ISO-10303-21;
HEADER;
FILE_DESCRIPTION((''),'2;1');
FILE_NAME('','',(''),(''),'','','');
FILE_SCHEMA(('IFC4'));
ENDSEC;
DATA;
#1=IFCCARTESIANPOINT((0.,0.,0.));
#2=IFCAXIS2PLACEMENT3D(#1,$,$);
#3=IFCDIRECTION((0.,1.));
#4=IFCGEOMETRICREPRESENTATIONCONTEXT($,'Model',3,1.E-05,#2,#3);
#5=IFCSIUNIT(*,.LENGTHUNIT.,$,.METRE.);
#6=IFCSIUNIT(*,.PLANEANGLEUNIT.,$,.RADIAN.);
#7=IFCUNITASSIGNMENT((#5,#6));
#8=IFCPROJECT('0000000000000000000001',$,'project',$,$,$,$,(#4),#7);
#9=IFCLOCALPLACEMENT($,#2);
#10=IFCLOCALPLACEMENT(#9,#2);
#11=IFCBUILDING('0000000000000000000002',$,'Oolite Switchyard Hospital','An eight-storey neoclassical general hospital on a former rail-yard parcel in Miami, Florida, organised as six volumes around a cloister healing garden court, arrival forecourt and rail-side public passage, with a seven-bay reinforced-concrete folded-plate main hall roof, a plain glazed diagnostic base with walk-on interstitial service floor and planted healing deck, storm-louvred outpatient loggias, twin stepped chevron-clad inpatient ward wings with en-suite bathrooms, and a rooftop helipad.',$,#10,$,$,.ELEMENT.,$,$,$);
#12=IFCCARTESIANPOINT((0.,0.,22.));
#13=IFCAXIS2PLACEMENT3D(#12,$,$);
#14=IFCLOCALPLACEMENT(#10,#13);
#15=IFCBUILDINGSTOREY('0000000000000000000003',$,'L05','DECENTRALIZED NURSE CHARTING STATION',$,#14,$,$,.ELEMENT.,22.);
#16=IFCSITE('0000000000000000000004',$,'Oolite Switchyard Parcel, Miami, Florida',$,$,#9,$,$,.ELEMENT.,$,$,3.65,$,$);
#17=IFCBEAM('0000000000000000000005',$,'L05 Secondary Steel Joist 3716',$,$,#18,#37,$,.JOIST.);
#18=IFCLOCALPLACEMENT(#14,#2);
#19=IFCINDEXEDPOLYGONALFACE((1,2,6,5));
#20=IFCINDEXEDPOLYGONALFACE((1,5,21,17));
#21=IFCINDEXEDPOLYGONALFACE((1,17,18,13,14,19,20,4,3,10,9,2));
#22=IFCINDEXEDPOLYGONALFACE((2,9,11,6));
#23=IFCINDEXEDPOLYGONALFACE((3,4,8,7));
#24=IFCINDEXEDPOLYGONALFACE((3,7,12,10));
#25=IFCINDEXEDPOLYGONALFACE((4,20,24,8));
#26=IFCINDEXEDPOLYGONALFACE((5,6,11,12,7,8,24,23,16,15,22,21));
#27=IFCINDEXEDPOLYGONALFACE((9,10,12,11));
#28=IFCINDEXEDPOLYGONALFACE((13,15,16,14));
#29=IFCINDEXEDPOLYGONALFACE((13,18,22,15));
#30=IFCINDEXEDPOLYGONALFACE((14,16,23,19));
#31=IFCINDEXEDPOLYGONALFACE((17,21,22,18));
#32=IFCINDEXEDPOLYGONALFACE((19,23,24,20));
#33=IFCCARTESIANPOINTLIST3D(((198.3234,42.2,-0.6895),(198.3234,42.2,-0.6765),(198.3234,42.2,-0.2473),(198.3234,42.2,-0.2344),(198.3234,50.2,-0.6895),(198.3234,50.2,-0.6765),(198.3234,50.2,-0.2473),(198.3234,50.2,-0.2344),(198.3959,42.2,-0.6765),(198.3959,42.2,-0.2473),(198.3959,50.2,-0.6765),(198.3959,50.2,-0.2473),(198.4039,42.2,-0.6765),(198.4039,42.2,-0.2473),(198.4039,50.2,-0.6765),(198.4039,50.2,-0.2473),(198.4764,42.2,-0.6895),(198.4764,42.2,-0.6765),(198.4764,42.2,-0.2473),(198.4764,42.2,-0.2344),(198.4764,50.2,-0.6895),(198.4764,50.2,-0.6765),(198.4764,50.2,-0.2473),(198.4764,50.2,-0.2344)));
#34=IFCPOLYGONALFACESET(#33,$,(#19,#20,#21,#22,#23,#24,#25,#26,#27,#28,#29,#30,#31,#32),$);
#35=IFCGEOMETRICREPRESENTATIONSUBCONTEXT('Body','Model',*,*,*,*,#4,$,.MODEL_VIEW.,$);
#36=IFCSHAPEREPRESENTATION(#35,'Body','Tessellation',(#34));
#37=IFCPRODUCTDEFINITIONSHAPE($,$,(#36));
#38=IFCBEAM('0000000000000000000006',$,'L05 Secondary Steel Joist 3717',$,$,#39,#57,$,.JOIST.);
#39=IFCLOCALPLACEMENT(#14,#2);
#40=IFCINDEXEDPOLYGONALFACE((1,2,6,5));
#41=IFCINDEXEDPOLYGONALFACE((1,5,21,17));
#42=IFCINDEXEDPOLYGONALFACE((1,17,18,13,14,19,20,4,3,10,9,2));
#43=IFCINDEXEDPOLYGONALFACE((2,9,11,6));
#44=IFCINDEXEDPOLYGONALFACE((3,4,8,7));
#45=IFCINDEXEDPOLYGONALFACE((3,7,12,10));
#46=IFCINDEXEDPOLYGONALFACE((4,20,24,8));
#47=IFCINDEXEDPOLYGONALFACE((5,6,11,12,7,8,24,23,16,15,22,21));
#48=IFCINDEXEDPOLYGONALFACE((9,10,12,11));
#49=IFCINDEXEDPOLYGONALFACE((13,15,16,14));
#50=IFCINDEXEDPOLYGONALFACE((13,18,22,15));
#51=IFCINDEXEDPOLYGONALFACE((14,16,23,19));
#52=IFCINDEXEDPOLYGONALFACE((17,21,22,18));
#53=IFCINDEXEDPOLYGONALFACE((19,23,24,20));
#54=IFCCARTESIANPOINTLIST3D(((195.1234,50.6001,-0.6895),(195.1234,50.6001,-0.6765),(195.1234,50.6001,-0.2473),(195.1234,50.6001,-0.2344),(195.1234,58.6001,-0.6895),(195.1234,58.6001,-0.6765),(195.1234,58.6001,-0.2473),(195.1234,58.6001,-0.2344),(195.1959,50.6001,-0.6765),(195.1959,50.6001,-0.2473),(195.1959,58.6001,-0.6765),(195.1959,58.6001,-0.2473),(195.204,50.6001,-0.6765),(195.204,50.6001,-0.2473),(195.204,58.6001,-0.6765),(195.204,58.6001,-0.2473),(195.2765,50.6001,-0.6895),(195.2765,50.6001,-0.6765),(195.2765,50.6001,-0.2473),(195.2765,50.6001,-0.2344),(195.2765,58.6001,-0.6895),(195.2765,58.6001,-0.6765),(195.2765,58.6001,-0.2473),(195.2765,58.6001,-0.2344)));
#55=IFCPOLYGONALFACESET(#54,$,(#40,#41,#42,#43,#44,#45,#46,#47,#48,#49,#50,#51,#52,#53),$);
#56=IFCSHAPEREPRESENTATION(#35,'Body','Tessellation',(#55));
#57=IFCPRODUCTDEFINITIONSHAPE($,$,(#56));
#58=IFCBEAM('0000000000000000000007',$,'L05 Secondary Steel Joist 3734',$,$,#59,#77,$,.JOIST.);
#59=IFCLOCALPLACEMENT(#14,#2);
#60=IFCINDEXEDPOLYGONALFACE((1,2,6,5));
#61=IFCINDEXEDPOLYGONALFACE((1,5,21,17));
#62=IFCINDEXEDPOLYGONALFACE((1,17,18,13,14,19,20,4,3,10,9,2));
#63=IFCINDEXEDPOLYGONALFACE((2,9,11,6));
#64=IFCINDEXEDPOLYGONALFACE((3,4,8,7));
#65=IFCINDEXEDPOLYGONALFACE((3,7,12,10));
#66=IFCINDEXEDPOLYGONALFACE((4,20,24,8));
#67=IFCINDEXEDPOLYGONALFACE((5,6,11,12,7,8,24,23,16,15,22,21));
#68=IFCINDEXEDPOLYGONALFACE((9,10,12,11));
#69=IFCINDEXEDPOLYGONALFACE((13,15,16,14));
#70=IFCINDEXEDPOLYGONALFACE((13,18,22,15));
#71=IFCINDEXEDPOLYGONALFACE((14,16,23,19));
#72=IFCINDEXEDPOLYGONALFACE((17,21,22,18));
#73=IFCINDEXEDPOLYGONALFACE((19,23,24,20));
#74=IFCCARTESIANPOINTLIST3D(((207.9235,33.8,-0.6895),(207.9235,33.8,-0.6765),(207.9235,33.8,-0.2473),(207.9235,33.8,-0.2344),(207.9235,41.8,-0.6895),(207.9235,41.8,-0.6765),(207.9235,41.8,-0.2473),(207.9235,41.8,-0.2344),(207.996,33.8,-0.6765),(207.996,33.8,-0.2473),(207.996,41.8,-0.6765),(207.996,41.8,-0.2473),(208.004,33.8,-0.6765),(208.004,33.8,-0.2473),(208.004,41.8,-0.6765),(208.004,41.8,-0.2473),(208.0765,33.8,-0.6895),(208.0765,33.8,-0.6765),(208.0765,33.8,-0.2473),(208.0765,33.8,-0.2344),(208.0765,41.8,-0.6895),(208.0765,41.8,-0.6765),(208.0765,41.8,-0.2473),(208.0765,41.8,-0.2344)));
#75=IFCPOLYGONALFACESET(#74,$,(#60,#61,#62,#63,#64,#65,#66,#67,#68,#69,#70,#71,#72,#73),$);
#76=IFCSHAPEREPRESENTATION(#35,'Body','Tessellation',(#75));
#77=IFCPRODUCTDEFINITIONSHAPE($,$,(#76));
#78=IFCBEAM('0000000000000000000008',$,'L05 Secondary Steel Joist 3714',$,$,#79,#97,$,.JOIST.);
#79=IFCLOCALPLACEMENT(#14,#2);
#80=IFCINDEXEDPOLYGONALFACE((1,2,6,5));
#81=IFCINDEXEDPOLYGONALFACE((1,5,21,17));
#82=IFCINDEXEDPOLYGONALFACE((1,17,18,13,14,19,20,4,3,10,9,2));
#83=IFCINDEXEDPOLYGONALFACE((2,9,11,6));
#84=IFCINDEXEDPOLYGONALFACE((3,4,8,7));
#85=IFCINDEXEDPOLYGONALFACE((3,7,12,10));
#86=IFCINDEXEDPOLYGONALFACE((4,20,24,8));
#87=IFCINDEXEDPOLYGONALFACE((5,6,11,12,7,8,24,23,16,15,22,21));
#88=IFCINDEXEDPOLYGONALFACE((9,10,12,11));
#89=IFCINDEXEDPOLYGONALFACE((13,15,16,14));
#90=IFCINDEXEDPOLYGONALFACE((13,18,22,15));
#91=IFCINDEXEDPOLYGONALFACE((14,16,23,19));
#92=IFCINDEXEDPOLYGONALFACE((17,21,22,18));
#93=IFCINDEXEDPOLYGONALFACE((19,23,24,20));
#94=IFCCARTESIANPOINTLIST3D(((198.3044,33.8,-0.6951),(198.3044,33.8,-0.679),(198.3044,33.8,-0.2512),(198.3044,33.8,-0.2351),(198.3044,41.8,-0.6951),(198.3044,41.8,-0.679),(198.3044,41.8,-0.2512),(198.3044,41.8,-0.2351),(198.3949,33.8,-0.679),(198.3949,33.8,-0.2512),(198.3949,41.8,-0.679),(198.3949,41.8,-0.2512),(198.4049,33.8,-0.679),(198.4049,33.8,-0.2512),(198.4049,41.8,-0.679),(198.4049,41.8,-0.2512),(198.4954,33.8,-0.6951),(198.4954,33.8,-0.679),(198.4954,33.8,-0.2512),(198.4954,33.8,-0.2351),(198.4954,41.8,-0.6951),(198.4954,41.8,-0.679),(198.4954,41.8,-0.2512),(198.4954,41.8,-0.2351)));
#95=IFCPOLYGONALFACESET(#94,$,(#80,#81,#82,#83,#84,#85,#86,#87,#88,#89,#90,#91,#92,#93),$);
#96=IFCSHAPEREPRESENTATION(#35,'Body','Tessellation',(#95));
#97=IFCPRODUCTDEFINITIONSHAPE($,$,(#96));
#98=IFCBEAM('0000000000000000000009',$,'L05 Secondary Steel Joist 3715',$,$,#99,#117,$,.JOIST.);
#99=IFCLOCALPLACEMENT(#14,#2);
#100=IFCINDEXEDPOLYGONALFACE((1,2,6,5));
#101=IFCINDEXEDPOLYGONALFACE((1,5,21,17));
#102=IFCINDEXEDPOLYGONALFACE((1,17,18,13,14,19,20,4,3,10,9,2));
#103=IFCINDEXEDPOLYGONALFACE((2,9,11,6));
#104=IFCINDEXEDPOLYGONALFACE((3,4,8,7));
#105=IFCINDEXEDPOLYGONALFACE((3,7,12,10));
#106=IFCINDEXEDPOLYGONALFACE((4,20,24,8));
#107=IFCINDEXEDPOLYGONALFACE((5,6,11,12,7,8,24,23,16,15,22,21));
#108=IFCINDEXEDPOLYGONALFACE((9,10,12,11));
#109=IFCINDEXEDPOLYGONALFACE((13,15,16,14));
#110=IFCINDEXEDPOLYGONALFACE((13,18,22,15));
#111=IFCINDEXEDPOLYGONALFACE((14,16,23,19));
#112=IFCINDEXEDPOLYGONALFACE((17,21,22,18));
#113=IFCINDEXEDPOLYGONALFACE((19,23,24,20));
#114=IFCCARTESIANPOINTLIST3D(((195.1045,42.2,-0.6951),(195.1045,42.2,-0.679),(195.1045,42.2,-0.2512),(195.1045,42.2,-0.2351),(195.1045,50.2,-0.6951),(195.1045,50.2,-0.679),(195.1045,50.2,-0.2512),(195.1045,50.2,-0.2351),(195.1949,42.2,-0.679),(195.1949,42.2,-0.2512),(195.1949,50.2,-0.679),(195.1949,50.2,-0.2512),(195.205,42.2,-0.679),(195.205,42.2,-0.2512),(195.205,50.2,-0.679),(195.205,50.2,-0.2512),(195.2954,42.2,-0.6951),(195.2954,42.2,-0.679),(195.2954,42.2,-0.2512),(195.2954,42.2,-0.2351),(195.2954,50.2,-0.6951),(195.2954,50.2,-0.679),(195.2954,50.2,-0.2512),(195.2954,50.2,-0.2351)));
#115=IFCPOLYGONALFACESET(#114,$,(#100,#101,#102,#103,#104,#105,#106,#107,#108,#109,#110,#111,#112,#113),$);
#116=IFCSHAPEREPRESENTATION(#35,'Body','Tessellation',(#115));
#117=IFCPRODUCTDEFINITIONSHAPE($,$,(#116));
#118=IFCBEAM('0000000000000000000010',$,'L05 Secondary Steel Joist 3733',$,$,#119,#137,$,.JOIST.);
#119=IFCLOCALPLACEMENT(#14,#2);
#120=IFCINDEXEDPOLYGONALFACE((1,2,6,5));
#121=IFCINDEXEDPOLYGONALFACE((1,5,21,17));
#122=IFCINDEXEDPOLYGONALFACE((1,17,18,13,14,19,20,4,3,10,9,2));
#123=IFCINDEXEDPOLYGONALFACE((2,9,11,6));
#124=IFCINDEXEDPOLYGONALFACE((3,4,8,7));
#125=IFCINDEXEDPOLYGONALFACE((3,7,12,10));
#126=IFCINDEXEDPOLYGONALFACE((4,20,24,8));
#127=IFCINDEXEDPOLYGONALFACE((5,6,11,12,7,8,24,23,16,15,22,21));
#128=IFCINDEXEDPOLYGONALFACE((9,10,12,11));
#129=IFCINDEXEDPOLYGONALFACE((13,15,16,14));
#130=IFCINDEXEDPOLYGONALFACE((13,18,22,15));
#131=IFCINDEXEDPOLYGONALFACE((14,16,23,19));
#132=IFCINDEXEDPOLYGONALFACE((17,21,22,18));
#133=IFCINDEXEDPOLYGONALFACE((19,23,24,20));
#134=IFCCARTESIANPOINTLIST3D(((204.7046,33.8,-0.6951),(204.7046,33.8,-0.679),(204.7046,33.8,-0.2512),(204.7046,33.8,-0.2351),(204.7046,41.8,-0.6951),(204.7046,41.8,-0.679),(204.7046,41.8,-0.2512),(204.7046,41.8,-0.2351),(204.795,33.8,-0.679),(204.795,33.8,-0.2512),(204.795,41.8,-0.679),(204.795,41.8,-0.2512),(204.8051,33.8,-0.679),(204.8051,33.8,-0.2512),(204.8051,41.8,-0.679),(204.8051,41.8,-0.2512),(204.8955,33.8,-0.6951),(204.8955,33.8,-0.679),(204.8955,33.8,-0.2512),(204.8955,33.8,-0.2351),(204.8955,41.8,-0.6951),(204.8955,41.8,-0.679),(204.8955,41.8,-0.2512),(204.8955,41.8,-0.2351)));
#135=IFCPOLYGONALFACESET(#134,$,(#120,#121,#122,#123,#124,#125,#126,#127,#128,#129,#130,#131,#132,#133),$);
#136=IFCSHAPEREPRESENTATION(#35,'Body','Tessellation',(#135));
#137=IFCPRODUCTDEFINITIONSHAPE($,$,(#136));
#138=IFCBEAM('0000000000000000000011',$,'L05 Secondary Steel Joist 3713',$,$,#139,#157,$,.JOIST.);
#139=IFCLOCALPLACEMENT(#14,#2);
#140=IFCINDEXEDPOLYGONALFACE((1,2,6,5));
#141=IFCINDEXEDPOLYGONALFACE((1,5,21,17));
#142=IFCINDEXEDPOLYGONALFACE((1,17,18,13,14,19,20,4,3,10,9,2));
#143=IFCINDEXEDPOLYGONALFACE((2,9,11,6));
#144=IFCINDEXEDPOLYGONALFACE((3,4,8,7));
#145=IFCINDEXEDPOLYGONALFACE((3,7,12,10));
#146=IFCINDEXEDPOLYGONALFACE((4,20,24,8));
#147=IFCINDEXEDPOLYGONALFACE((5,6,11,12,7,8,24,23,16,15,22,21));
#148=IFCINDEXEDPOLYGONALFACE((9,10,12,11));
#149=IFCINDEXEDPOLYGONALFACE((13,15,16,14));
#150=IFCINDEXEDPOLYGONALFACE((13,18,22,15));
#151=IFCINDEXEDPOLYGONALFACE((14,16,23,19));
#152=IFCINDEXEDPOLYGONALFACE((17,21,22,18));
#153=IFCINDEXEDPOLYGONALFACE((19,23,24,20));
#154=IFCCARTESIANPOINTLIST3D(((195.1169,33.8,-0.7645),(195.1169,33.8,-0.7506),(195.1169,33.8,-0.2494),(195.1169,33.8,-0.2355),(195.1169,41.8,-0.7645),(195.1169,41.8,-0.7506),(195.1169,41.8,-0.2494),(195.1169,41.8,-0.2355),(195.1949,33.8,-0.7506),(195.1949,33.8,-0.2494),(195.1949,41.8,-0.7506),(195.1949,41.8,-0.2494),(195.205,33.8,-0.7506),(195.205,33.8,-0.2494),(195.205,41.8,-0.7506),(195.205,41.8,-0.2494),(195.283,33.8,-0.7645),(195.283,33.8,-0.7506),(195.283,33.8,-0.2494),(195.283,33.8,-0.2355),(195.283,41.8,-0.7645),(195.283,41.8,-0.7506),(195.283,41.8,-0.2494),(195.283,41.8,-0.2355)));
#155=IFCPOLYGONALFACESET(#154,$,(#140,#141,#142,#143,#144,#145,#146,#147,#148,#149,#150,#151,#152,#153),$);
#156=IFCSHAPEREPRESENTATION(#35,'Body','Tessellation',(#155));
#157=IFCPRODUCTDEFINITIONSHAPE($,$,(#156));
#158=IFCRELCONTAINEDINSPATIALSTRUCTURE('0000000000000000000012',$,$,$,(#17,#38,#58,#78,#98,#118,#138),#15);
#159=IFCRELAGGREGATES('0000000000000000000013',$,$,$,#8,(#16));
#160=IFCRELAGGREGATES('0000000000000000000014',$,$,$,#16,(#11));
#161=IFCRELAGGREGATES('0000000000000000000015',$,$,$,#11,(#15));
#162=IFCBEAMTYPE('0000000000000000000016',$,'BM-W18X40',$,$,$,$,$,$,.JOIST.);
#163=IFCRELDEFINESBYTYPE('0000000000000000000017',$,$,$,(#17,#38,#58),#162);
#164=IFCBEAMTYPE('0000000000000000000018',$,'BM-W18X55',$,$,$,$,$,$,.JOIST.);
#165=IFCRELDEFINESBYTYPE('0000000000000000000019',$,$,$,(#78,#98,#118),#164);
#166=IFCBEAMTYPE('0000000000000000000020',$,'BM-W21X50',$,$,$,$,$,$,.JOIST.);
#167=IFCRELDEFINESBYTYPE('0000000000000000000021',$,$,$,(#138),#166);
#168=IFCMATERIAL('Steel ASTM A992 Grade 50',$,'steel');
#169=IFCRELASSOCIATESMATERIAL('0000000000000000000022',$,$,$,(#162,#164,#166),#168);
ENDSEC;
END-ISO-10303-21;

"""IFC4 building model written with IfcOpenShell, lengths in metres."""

from ifc_helpers import new_model, si_unit, direction, frame, origin, origin_2d, place, context, subcontext, project, spatial, i_section, extrude, material, material_profile, profile_set, type_object, element, save


model = new_model("IFC4")

# Units and contexts
model_context = context("Model", 3, precision=1e-05, world=origin(), true_north=direction((0.0, 1.0)))
body_context = subcontext(model_context, "Body", "Model", "MODEL_VIEW")
ifc_project = project(units=[si_unit("LENGTHUNIT", "METRE"), si_unit("PLANEANGLEUNIT", "RADIAN")], contexts=[model_context])

# Site, building, storey
site_placement = place(None, origin())
site = spatial("IfcSite", under=ifc_project, at=site_placement, Name="Oolite Switchyard Parcel, Miami, Florida", CompositionType="ELEMENT", RefElevation=3.65)
building_placement = place(site_placement, origin())
building = spatial("IfcBuilding", under=site, at=building_placement, Name="Oolite Switchyard Hospital", Description="An eight-storey neoclassical general hospital on a former rail-yard parcel in Miami, Florida, organised as six volumes around a cloister healing garden court, arrival forecourt and rail-side public passage, with a seven-bay reinforced-concrete folded-plate main hall roof, a plain glazed diagnostic base with walk-on interstitial service floor and planted healing deck, storm-louvred outpatient loggias, twin stepped chevron-clad inpatient ward wings with en-suite bathrooms, and a rooftop helipad.", CompositionType="ELEMENT")
storey_placement = place(building_placement, frame((0.0, 0.0, 22.0)))
storey = spatial("IfcBuildingStorey", under=building, at=storey_placement, Name="L05", Description="DECENTRALIZED NURSE CHARTING STATION", CompositionType="ELEMENT", Elevation=22.0)

# Beams
ifc_material_1 = material(Name="Steel ASTM A992 Grade 50", Category="steel")
ifc_material_profile_1 = material_profile(ifc_material_1, i_section(OverallWidth=0.1531, OverallDepth=0.4551, WebThickness=0.0081, FlangeThickness=0.0129, at=origin_2d()), Name="W18X40")
ifc_profile_set_1 = profile_set([ifc_material_profile_1], Name="Steel ASTM A992 Grade 50")
beam_type_1 = type_object("IfcBeamType", Name="BM-W18X40", PredefinedType="JOIST", material=ifc_profile_set_1)
for number, where, z_axis, x_axis, name in (
    (1, (198.3999, 42.2, -0.4619), (0.0, 1.0, 0.0), (-1.0, 0.0, 0.0), "L05 Secondary Steel Joist 3716"),
    (2, (195.2, 50.6001, -0.4619), (0.0, 1.0, 0.0), (-1.0, 0.0, 0.0), "L05 Secondary Steel Joist 3717"),
    (3, (208.0, 33.8, -0.4619), (0.0, 1.0, 0.0), (-1.0, 0.0, 0.0), "L05 Secondary Steel Joist 3734"),
):
    element("IfcBeam", number, at=place(storey_placement, frame(where, z_axis=z_axis, x_axis=x_axis)), inside=storey, type_object=beam_type_1, Name=name, PredefinedType="JOIST", context=body_context, shape_type="SweptSolid", body=[
        extrude(i_section(OverallWidth=0.1531, OverallDepth=0.4551, WebThickness=0.0081, FlangeThickness=0.0129, at=origin_2d()), origin(), (0.0, 0.0, 1.0), 8.0),
    ])
ifc_material_profile_2 = material_profile(ifc_material_1, i_section(OverallWidth=0.1909, OverallDepth=0.46, WebThickness=0.01, FlangeThickness=0.0161, at=origin_2d()), Name="W18X55")
ifc_profile_set_2 = profile_set([ifc_material_profile_2], Name="Steel ASTM A992 Grade 50")
beam_type_2 = type_object("IfcBeamType", Name="BM-W18X55", PredefinedType="JOIST", material=ifc_profile_set_2)
for number, where, z_axis, x_axis, name in (
    (4, (198.3999, 33.8, -0.4651), (0.0, 1.0, 0.0), (-1.0, 0.0, 0.0), "L05 Secondary Steel Joist 3714"),
    (5, (195.2, 42.2, -0.4651), (0.0, 1.0, 0.0), (-1.0, 0.0, 0.0), "L05 Secondary Steel Joist 3715"),
    (6, (204.8, 33.8, -0.4651), (0.0, 1.0, 0.0), (-1.0, 0.0, 0.0), "L05 Secondary Steel Joist 3733"),
):
    element("IfcBeam", number, at=place(storey_placement, frame(where, z_axis=z_axis, x_axis=x_axis)), inside=storey, type_object=beam_type_2, Name=name, PredefinedType="JOIST", context=body_context, shape_type="SweptSolid", body=[
        extrude(i_section(OverallWidth=0.1909, OverallDepth=0.46, WebThickness=0.01, FlangeThickness=0.0161, at=origin_2d()), origin(), (0.0, 0.0, 1.0), 8.0),
    ])
ifc_material_profile_3 = material_profile(ifc_material_1, i_section(OverallWidth=0.166, OverallDepth=0.5291, WebThickness=0.01, FlangeThickness=0.0139, at=origin_2d()), Name="W21X50")
ifc_profile_set_3 = profile_set([ifc_material_profile_3], Name="Steel ASTM A992 Grade 50")
beam_type_3 = type_object("IfcBeamType", Name="BM-W21X50", PredefinedType="JOIST", material=ifc_profile_set_3)
beam_1_placement = place(storey_placement, frame((195.2, 33.8, -0.5), z_axis=(0.0, 1.0, 0.0), x_axis=(-1.0, 0.0, 0.0)))
element("IfcBeam", 7, at=beam_1_placement, inside=storey, type_object=beam_type_3, Name="L05 Secondary Steel Joist 3713", PredefinedType="JOIST", context=body_context, shape_type="SweptSolid", body=[
    extrude(i_section(OverallWidth=0.166, OverallDepth=0.5291, WebThickness=0.01, FlangeThickness=0.0139, at=origin_2d()), origin(), (0.0, 0.0, 1.0), 8.0),
])

save(model, "model.ifc")
